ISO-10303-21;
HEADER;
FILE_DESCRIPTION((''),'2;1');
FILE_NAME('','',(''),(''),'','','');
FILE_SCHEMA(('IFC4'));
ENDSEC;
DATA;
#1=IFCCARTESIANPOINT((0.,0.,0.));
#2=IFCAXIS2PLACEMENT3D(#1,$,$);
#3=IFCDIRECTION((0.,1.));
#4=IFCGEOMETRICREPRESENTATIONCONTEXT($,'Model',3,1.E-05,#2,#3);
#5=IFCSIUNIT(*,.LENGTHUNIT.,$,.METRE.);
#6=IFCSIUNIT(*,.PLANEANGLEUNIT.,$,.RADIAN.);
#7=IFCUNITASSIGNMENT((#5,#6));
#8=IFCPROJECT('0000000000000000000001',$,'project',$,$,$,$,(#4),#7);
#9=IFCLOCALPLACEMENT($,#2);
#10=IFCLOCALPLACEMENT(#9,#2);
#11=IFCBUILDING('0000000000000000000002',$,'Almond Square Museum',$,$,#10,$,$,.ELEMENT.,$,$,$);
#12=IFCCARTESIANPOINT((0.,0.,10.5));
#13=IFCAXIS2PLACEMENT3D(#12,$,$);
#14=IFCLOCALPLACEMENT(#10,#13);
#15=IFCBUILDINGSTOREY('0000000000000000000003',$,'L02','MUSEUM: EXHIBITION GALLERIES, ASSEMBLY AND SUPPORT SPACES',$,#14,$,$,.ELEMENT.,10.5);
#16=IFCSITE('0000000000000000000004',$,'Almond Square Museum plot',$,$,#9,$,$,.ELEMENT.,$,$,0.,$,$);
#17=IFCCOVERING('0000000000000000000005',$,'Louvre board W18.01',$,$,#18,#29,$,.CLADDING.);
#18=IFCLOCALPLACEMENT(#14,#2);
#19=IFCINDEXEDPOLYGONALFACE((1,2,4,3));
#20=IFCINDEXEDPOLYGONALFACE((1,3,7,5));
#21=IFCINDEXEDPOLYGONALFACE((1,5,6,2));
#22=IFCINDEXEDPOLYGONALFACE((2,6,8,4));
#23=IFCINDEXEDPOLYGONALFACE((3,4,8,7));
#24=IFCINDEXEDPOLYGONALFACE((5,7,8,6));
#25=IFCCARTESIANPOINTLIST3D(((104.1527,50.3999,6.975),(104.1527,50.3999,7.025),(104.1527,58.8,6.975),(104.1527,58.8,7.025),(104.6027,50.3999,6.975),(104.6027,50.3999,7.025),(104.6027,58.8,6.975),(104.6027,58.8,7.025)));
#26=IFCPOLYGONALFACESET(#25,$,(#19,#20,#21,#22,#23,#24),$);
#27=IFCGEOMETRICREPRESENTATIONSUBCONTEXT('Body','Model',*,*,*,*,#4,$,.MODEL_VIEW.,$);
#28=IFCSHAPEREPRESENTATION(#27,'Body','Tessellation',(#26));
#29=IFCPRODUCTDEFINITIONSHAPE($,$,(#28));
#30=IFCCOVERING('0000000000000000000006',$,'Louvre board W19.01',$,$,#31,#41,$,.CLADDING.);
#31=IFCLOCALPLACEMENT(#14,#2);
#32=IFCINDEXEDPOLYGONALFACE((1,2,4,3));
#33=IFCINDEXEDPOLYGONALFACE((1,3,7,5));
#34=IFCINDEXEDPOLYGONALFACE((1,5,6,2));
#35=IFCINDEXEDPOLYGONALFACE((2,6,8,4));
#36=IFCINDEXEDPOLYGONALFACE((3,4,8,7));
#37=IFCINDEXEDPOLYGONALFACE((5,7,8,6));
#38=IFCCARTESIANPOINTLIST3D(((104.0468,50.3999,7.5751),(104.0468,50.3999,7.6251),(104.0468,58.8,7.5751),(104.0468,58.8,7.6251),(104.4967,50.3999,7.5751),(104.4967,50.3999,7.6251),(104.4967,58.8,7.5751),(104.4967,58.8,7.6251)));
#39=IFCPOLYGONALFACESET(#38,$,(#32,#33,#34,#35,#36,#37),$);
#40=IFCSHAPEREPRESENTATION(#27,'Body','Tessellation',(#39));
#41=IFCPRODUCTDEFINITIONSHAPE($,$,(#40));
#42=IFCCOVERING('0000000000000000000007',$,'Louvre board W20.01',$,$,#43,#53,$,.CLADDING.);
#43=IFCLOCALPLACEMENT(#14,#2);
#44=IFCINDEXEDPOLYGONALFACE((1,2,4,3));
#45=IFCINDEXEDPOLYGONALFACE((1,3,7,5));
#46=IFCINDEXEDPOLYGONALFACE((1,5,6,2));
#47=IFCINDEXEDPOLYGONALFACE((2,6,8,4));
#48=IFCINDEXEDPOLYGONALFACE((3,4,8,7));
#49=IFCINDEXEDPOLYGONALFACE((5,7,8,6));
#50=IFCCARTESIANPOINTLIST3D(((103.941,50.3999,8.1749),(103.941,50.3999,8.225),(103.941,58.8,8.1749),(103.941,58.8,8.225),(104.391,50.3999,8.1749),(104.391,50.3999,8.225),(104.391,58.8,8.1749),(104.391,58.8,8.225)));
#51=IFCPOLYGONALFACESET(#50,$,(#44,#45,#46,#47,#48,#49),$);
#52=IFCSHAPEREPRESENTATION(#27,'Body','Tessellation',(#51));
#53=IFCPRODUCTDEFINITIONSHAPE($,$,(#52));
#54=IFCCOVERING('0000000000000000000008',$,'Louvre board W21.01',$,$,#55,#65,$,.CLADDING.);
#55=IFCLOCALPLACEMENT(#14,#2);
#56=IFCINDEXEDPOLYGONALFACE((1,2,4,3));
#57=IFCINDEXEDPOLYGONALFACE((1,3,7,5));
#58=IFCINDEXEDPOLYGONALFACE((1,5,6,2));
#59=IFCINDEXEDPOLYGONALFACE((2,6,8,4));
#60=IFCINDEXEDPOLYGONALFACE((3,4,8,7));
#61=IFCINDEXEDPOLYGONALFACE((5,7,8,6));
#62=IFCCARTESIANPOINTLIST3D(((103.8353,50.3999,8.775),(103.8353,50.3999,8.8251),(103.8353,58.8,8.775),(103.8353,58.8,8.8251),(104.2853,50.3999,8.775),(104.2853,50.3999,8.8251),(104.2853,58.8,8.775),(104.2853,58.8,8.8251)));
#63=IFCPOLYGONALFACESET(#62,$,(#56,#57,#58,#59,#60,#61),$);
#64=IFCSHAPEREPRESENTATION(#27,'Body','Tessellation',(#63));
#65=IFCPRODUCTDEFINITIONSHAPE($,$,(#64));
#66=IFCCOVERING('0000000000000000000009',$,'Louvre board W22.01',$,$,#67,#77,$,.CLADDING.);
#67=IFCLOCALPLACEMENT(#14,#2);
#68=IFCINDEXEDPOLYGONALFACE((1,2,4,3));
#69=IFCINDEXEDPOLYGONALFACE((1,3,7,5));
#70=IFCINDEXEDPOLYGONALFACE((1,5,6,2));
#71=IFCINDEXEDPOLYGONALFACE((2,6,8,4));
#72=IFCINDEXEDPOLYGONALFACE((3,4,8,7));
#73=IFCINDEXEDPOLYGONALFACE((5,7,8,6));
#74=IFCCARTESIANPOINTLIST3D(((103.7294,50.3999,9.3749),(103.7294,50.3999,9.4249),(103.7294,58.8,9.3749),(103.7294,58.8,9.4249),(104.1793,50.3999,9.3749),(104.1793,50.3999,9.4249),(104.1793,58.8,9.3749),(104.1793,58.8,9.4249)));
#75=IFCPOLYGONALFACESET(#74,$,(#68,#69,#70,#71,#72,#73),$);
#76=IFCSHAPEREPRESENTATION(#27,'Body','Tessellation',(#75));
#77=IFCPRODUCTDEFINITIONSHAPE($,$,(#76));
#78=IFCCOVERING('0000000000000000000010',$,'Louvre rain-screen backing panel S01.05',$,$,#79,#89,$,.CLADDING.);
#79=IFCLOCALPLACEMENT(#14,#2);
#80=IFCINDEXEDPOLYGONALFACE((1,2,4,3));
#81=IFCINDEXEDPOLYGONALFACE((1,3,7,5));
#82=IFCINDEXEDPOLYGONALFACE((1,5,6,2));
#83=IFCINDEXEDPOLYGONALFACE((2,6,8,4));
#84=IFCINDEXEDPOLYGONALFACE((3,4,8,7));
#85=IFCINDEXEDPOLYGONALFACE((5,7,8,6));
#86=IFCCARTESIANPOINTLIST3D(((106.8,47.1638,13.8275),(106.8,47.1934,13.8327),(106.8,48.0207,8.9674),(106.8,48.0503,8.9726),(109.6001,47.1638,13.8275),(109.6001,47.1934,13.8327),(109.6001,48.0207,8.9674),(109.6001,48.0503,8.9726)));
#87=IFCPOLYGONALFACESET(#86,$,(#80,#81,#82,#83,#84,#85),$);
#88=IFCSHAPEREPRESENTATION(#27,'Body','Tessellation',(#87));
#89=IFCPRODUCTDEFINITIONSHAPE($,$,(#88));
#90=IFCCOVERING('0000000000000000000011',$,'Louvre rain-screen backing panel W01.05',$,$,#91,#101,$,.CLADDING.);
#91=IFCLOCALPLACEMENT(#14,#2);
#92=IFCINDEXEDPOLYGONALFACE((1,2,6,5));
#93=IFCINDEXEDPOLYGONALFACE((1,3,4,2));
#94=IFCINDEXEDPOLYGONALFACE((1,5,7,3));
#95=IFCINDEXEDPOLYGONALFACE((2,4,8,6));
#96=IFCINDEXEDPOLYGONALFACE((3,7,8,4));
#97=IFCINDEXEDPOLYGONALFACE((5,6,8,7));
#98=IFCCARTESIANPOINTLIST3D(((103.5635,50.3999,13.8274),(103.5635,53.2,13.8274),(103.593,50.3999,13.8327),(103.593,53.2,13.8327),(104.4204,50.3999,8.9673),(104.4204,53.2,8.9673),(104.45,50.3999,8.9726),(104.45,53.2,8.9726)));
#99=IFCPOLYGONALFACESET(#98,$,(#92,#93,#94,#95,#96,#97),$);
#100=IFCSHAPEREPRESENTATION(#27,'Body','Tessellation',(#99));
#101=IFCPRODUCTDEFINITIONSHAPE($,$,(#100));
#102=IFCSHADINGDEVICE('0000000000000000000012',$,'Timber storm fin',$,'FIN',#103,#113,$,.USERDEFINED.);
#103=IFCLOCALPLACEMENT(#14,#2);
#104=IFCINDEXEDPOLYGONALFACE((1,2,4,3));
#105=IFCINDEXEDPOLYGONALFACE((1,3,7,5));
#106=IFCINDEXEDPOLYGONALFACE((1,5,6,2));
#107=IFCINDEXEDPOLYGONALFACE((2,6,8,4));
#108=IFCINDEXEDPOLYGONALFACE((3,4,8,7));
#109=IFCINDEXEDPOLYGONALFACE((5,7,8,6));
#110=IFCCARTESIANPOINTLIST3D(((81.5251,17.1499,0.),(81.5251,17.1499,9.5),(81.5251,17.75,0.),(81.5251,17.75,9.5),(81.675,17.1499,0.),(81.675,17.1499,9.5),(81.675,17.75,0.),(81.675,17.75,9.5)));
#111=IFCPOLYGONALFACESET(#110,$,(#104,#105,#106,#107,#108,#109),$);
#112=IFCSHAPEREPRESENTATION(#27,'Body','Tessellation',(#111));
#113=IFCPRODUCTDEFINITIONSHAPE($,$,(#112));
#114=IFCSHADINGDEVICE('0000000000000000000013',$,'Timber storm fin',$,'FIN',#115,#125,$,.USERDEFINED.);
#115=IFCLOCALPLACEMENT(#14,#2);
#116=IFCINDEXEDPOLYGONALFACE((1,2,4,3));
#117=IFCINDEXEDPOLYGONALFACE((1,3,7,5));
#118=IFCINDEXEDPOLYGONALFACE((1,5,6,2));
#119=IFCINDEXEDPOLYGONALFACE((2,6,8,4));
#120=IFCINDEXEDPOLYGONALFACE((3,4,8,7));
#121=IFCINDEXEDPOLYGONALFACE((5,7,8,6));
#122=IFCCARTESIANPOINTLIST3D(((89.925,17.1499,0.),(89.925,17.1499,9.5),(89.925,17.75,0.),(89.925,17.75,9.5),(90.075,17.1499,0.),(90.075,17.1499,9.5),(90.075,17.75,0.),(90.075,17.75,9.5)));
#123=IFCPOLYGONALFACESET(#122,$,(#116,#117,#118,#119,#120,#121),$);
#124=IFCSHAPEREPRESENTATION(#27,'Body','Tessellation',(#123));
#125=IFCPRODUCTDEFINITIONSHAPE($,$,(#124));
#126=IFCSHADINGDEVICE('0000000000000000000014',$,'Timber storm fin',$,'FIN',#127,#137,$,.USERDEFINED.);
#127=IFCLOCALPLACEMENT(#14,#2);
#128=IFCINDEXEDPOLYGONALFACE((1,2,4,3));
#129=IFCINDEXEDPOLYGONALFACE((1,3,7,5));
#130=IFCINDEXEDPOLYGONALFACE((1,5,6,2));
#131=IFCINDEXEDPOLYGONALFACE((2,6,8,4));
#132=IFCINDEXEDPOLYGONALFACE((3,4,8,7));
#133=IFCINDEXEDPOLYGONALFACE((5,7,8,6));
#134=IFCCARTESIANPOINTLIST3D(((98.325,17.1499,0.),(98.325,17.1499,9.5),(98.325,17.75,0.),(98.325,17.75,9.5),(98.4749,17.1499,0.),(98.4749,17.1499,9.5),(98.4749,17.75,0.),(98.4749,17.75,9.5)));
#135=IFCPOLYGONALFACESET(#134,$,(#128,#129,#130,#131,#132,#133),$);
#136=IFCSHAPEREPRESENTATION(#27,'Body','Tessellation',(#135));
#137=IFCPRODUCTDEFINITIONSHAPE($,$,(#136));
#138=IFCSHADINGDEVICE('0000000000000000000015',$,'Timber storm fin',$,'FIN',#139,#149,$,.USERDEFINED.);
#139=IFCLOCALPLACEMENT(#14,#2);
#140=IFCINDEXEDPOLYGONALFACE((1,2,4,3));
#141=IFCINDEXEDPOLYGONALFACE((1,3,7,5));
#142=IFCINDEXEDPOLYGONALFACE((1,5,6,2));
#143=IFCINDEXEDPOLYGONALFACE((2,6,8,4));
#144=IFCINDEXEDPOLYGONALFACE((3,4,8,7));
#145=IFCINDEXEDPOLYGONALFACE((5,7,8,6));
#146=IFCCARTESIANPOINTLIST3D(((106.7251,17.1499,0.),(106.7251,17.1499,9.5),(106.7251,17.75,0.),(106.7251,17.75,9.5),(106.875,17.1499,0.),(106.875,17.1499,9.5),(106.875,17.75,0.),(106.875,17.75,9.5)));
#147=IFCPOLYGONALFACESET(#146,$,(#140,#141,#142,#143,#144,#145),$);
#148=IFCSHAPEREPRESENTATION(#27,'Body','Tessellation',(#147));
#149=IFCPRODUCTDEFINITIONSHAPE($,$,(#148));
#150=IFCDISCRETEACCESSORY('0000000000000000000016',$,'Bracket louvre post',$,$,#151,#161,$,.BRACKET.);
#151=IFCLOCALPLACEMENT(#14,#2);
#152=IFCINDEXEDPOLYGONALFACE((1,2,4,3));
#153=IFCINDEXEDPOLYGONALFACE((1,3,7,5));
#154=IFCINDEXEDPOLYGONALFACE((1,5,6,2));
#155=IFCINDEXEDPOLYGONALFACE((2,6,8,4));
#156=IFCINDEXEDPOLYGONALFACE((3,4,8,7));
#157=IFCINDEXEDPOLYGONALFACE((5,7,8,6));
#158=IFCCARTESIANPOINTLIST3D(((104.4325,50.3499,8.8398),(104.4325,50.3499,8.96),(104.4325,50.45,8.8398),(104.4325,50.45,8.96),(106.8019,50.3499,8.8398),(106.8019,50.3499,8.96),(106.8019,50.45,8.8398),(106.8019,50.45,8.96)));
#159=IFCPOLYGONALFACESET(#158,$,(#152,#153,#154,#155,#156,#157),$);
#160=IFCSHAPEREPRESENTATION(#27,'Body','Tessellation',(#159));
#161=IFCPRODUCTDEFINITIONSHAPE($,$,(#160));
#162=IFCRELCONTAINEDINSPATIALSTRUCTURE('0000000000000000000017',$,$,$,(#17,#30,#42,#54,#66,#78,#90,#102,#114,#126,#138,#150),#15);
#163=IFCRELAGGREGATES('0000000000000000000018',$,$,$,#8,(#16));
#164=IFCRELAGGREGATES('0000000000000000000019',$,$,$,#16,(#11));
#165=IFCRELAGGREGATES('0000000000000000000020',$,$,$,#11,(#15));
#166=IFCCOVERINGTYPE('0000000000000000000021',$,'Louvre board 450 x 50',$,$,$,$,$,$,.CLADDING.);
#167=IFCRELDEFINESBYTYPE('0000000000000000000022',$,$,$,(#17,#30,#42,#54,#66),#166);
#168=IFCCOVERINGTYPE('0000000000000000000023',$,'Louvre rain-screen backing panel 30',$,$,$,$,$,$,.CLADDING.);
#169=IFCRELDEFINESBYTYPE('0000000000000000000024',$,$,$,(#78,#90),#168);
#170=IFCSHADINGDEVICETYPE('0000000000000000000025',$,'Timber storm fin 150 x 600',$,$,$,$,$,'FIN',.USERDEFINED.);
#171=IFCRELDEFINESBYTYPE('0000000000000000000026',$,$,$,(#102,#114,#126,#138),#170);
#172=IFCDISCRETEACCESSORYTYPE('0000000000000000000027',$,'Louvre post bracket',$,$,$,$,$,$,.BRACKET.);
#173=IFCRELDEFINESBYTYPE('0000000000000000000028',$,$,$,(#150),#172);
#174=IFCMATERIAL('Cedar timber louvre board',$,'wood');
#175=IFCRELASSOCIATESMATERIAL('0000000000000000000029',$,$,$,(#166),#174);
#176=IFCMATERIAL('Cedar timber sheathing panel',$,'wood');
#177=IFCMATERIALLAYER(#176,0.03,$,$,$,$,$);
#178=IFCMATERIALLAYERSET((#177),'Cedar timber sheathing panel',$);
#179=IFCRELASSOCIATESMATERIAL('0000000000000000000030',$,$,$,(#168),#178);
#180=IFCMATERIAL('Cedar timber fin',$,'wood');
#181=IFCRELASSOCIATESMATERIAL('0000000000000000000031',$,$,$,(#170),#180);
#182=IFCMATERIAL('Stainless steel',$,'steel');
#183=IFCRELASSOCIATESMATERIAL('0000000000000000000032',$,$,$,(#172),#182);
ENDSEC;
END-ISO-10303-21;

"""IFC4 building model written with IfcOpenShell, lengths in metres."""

from ifc_helpers import new_model, si_unit, direction, frame, origin, origin_2d, place, context, subcontext, project, spatial, polyline, rectangle, outline, extrude, material, layer, layer_set, material_profile, profile_set, type_object, element, save


model = new_model("IFC4")

# Units and contexts
model_context = context("Model", 3, precision=1e-05, world=origin(), true_north=direction((0.0, 1.0)))
body_context = subcontext(model_context, "Body", "Model", "MODEL_VIEW")
ifc_project = project(units=[si_unit("LENGTHUNIT", "METRE"), si_unit("PLANEANGLEUNIT", "RADIAN")], contexts=[model_context])

# Site, building, storey
site_placement = place(None, origin())
site = spatial("IfcSite", under=ifc_project, at=site_placement, Name="Almond Square Museum plot", CompositionType="ELEMENT", RefElevation=0.0)
building_placement = place(site_placement, origin())
building = spatial("IfcBuilding", under=site, at=building_placement, Name="Almond Square Museum", CompositionType="ELEMENT")
storey_placement = place(building_placement, frame((0.0, 0.0, 10.5)))
storey = spatial("IfcBuildingStorey", under=building, at=storey_placement, Name="L02", Description="MUSEUM: EXHIBITION GALLERIES, ASSEMBLY AND SUPPORT SPACES", CompositionType="ELEMENT", Elevation=10.5)

# Coverings
ifc_material_1 = material(Name="Cedar timber louvre board", Category="wood")
ifc_material_profile = material_profile(ifc_material_1, rectangle(XDim=0.45, YDim=0.05, at=origin_2d()))
ifc_profile_set = profile_set([ifc_material_profile], Name="Cedar timber louvre board")
covering_type_1 = type_object("IfcCoveringType", Name="Louvre board 450 x 50", PredefinedType="CLADDING", material=ifc_profile_set)
for number, where, z_axis, x_axis, name in (
    (1, (104.3777, 50.3999, 7.0), (0.0, 1.0, 0.0), (-1.0, 0.0, 0.0), "Louvre board W18.01"),
    (2, (104.2717, 50.3999, 7.6001), (0.0, 1.0, 0.0), (-1.0, 0.0, 0.0), "Louvre board W19.01"),
    (3, (104.166, 50.3999, 8.2), (0.0, 1.0, 0.0), (-1.0, 0.0, 0.0), "Louvre board W20.01"),
    (4, (104.0603, 50.3999, 8.8), (0.0, 1.0, 0.0), (-1.0, 0.0, 0.0), "Louvre board W21.01"),
    (5, (103.9543, 50.3999, 9.3999), (0.0, 1.0, 0.0), (-1.0, 0.0, 0.0), "Louvre board W22.01"),
):
    element("IfcCovering", number, at=place(storey_placement, frame(where, z_axis=z_axis, x_axis=x_axis)), inside=storey, type_object=covering_type_1, Name=name, PredefinedType="CLADDING", context=body_context, shape_type="SweptSolid", body=[
        extrude(rectangle(XDim=0.45, YDim=0.05, at=origin_2d()), origin(), (0.0, 0.0, 1.0), 8.4001),
    ])
ifc_material_2 = material(Name="Cedar timber sheathing panel", Category="wood")
ifc_layer = layer(ifc_material_2, 0.03)
ifc_layer_set = layer_set([ifc_layer], Name="Cedar timber sheathing panel")
covering_type_2 = type_object("IfcCoveringType", Name="Louvre rain-screen backing panel 30", PredefinedType="CLADDING", material=ifc_layer_set)
for number, where, z_axis, x_axis, name in (
    (6, (106.8, 48.0354, 8.97), (0.0, -0.984809, -0.173641), (1.0, 0.0, 0.0), "Louvre rain-screen backing panel S01.05"),
    (7, (104.4353, 50.3999, 8.97), (0.984809, 0.0, 0.173641), (0.0, 1.0, 0.0), "Louvre rain-screen backing panel W01.05"),
):
    element("IfcCovering", number, at=place(storey_placement, frame(where, z_axis=z_axis, x_axis=x_axis)), inside=storey, type_object=covering_type_2, Name=name, PredefinedType="CLADDING", context=body_context, shape_type="SweptSolid", body=[
        extrude(outline(polyline([(0.0, 0.0), (2.8, 0.0), (2.8, 4.9351), (0.0, 4.9351), (0.0, 0.0)])), frame((0.0, 0.0, -0.0151)), (0.0, 0.0, 1.0), 0.03),
    ])

# Shading devices
ifc_material_3 = material(Name="Cedar timber fin", Category="wood")
shading_device_type = type_object("IfcShadingDeviceType", Name="Timber storm fin 150 x 600", ElementType="FIN", PredefinedType="USERDEFINED", material=ifc_material_3)
for number, where, z_axis, x_axis, name in (
    (8, (81.6001, 17.45, 0.0), (0.0, 0.0, 1.0), (1.0, 0.0, 0.0), "Timber storm fin"),
    (9, (90.0, 17.45, 0.0), (0.0, 0.0, 1.0), (1.0, 0.0, 0.0), "Timber storm fin"),
    (10, (98.3999, 17.45, 0.0), (0.0, 0.0, 1.0), (1.0, 0.0, 0.0), "Timber storm fin"),
    (11, (106.8, 17.45, 0.0), (0.0, 0.0, 1.0), (1.0, 0.0, 0.0), "Timber storm fin"),
):
    element("IfcShadingDevice", number, at=place(storey_placement, frame(where, z_axis=z_axis, x_axis=x_axis)), inside=storey, type_object=shading_device_type, Name=name, ObjectType="FIN", PredefinedType="USERDEFINED", context=body_context, shape_type="SweptSolid", body=[
        extrude(rectangle(XDim=0.1499, YDim=0.6001, at=origin_2d()), origin(), (0.0, 0.0, 1.0), 9.5),
    ])

# Discrete accessory
ifc_material_4 = material(Name="Stainless steel", Category="steel")
discrete_accessory_type = type_object("IfcDiscreteAccessoryType", Name="Louvre post bracket", PredefinedType="BRACKET", material=ifc_material_4)
discrete_accessory_placement = place(storey_placement, frame((105.6172, 50.3999, 8.8398), z_axis=(0.0, 0.0, 1.0), x_axis=(1.0, 0.0, 0.0)))
element("IfcDiscreteAccessory", 12, at=discrete_accessory_placement, inside=storey, type_object=discrete_accessory_type, Name="Bracket louvre post", PredefinedType="BRACKET", context=body_context, shape_type="SweptSolid", body=[
    extrude(rectangle(XDim=2.3694, YDim=0.1001, at=origin_2d()), origin(), (0.0, 0.0, 1.0), 0.1201),
])

save(model, "model.ifc")
